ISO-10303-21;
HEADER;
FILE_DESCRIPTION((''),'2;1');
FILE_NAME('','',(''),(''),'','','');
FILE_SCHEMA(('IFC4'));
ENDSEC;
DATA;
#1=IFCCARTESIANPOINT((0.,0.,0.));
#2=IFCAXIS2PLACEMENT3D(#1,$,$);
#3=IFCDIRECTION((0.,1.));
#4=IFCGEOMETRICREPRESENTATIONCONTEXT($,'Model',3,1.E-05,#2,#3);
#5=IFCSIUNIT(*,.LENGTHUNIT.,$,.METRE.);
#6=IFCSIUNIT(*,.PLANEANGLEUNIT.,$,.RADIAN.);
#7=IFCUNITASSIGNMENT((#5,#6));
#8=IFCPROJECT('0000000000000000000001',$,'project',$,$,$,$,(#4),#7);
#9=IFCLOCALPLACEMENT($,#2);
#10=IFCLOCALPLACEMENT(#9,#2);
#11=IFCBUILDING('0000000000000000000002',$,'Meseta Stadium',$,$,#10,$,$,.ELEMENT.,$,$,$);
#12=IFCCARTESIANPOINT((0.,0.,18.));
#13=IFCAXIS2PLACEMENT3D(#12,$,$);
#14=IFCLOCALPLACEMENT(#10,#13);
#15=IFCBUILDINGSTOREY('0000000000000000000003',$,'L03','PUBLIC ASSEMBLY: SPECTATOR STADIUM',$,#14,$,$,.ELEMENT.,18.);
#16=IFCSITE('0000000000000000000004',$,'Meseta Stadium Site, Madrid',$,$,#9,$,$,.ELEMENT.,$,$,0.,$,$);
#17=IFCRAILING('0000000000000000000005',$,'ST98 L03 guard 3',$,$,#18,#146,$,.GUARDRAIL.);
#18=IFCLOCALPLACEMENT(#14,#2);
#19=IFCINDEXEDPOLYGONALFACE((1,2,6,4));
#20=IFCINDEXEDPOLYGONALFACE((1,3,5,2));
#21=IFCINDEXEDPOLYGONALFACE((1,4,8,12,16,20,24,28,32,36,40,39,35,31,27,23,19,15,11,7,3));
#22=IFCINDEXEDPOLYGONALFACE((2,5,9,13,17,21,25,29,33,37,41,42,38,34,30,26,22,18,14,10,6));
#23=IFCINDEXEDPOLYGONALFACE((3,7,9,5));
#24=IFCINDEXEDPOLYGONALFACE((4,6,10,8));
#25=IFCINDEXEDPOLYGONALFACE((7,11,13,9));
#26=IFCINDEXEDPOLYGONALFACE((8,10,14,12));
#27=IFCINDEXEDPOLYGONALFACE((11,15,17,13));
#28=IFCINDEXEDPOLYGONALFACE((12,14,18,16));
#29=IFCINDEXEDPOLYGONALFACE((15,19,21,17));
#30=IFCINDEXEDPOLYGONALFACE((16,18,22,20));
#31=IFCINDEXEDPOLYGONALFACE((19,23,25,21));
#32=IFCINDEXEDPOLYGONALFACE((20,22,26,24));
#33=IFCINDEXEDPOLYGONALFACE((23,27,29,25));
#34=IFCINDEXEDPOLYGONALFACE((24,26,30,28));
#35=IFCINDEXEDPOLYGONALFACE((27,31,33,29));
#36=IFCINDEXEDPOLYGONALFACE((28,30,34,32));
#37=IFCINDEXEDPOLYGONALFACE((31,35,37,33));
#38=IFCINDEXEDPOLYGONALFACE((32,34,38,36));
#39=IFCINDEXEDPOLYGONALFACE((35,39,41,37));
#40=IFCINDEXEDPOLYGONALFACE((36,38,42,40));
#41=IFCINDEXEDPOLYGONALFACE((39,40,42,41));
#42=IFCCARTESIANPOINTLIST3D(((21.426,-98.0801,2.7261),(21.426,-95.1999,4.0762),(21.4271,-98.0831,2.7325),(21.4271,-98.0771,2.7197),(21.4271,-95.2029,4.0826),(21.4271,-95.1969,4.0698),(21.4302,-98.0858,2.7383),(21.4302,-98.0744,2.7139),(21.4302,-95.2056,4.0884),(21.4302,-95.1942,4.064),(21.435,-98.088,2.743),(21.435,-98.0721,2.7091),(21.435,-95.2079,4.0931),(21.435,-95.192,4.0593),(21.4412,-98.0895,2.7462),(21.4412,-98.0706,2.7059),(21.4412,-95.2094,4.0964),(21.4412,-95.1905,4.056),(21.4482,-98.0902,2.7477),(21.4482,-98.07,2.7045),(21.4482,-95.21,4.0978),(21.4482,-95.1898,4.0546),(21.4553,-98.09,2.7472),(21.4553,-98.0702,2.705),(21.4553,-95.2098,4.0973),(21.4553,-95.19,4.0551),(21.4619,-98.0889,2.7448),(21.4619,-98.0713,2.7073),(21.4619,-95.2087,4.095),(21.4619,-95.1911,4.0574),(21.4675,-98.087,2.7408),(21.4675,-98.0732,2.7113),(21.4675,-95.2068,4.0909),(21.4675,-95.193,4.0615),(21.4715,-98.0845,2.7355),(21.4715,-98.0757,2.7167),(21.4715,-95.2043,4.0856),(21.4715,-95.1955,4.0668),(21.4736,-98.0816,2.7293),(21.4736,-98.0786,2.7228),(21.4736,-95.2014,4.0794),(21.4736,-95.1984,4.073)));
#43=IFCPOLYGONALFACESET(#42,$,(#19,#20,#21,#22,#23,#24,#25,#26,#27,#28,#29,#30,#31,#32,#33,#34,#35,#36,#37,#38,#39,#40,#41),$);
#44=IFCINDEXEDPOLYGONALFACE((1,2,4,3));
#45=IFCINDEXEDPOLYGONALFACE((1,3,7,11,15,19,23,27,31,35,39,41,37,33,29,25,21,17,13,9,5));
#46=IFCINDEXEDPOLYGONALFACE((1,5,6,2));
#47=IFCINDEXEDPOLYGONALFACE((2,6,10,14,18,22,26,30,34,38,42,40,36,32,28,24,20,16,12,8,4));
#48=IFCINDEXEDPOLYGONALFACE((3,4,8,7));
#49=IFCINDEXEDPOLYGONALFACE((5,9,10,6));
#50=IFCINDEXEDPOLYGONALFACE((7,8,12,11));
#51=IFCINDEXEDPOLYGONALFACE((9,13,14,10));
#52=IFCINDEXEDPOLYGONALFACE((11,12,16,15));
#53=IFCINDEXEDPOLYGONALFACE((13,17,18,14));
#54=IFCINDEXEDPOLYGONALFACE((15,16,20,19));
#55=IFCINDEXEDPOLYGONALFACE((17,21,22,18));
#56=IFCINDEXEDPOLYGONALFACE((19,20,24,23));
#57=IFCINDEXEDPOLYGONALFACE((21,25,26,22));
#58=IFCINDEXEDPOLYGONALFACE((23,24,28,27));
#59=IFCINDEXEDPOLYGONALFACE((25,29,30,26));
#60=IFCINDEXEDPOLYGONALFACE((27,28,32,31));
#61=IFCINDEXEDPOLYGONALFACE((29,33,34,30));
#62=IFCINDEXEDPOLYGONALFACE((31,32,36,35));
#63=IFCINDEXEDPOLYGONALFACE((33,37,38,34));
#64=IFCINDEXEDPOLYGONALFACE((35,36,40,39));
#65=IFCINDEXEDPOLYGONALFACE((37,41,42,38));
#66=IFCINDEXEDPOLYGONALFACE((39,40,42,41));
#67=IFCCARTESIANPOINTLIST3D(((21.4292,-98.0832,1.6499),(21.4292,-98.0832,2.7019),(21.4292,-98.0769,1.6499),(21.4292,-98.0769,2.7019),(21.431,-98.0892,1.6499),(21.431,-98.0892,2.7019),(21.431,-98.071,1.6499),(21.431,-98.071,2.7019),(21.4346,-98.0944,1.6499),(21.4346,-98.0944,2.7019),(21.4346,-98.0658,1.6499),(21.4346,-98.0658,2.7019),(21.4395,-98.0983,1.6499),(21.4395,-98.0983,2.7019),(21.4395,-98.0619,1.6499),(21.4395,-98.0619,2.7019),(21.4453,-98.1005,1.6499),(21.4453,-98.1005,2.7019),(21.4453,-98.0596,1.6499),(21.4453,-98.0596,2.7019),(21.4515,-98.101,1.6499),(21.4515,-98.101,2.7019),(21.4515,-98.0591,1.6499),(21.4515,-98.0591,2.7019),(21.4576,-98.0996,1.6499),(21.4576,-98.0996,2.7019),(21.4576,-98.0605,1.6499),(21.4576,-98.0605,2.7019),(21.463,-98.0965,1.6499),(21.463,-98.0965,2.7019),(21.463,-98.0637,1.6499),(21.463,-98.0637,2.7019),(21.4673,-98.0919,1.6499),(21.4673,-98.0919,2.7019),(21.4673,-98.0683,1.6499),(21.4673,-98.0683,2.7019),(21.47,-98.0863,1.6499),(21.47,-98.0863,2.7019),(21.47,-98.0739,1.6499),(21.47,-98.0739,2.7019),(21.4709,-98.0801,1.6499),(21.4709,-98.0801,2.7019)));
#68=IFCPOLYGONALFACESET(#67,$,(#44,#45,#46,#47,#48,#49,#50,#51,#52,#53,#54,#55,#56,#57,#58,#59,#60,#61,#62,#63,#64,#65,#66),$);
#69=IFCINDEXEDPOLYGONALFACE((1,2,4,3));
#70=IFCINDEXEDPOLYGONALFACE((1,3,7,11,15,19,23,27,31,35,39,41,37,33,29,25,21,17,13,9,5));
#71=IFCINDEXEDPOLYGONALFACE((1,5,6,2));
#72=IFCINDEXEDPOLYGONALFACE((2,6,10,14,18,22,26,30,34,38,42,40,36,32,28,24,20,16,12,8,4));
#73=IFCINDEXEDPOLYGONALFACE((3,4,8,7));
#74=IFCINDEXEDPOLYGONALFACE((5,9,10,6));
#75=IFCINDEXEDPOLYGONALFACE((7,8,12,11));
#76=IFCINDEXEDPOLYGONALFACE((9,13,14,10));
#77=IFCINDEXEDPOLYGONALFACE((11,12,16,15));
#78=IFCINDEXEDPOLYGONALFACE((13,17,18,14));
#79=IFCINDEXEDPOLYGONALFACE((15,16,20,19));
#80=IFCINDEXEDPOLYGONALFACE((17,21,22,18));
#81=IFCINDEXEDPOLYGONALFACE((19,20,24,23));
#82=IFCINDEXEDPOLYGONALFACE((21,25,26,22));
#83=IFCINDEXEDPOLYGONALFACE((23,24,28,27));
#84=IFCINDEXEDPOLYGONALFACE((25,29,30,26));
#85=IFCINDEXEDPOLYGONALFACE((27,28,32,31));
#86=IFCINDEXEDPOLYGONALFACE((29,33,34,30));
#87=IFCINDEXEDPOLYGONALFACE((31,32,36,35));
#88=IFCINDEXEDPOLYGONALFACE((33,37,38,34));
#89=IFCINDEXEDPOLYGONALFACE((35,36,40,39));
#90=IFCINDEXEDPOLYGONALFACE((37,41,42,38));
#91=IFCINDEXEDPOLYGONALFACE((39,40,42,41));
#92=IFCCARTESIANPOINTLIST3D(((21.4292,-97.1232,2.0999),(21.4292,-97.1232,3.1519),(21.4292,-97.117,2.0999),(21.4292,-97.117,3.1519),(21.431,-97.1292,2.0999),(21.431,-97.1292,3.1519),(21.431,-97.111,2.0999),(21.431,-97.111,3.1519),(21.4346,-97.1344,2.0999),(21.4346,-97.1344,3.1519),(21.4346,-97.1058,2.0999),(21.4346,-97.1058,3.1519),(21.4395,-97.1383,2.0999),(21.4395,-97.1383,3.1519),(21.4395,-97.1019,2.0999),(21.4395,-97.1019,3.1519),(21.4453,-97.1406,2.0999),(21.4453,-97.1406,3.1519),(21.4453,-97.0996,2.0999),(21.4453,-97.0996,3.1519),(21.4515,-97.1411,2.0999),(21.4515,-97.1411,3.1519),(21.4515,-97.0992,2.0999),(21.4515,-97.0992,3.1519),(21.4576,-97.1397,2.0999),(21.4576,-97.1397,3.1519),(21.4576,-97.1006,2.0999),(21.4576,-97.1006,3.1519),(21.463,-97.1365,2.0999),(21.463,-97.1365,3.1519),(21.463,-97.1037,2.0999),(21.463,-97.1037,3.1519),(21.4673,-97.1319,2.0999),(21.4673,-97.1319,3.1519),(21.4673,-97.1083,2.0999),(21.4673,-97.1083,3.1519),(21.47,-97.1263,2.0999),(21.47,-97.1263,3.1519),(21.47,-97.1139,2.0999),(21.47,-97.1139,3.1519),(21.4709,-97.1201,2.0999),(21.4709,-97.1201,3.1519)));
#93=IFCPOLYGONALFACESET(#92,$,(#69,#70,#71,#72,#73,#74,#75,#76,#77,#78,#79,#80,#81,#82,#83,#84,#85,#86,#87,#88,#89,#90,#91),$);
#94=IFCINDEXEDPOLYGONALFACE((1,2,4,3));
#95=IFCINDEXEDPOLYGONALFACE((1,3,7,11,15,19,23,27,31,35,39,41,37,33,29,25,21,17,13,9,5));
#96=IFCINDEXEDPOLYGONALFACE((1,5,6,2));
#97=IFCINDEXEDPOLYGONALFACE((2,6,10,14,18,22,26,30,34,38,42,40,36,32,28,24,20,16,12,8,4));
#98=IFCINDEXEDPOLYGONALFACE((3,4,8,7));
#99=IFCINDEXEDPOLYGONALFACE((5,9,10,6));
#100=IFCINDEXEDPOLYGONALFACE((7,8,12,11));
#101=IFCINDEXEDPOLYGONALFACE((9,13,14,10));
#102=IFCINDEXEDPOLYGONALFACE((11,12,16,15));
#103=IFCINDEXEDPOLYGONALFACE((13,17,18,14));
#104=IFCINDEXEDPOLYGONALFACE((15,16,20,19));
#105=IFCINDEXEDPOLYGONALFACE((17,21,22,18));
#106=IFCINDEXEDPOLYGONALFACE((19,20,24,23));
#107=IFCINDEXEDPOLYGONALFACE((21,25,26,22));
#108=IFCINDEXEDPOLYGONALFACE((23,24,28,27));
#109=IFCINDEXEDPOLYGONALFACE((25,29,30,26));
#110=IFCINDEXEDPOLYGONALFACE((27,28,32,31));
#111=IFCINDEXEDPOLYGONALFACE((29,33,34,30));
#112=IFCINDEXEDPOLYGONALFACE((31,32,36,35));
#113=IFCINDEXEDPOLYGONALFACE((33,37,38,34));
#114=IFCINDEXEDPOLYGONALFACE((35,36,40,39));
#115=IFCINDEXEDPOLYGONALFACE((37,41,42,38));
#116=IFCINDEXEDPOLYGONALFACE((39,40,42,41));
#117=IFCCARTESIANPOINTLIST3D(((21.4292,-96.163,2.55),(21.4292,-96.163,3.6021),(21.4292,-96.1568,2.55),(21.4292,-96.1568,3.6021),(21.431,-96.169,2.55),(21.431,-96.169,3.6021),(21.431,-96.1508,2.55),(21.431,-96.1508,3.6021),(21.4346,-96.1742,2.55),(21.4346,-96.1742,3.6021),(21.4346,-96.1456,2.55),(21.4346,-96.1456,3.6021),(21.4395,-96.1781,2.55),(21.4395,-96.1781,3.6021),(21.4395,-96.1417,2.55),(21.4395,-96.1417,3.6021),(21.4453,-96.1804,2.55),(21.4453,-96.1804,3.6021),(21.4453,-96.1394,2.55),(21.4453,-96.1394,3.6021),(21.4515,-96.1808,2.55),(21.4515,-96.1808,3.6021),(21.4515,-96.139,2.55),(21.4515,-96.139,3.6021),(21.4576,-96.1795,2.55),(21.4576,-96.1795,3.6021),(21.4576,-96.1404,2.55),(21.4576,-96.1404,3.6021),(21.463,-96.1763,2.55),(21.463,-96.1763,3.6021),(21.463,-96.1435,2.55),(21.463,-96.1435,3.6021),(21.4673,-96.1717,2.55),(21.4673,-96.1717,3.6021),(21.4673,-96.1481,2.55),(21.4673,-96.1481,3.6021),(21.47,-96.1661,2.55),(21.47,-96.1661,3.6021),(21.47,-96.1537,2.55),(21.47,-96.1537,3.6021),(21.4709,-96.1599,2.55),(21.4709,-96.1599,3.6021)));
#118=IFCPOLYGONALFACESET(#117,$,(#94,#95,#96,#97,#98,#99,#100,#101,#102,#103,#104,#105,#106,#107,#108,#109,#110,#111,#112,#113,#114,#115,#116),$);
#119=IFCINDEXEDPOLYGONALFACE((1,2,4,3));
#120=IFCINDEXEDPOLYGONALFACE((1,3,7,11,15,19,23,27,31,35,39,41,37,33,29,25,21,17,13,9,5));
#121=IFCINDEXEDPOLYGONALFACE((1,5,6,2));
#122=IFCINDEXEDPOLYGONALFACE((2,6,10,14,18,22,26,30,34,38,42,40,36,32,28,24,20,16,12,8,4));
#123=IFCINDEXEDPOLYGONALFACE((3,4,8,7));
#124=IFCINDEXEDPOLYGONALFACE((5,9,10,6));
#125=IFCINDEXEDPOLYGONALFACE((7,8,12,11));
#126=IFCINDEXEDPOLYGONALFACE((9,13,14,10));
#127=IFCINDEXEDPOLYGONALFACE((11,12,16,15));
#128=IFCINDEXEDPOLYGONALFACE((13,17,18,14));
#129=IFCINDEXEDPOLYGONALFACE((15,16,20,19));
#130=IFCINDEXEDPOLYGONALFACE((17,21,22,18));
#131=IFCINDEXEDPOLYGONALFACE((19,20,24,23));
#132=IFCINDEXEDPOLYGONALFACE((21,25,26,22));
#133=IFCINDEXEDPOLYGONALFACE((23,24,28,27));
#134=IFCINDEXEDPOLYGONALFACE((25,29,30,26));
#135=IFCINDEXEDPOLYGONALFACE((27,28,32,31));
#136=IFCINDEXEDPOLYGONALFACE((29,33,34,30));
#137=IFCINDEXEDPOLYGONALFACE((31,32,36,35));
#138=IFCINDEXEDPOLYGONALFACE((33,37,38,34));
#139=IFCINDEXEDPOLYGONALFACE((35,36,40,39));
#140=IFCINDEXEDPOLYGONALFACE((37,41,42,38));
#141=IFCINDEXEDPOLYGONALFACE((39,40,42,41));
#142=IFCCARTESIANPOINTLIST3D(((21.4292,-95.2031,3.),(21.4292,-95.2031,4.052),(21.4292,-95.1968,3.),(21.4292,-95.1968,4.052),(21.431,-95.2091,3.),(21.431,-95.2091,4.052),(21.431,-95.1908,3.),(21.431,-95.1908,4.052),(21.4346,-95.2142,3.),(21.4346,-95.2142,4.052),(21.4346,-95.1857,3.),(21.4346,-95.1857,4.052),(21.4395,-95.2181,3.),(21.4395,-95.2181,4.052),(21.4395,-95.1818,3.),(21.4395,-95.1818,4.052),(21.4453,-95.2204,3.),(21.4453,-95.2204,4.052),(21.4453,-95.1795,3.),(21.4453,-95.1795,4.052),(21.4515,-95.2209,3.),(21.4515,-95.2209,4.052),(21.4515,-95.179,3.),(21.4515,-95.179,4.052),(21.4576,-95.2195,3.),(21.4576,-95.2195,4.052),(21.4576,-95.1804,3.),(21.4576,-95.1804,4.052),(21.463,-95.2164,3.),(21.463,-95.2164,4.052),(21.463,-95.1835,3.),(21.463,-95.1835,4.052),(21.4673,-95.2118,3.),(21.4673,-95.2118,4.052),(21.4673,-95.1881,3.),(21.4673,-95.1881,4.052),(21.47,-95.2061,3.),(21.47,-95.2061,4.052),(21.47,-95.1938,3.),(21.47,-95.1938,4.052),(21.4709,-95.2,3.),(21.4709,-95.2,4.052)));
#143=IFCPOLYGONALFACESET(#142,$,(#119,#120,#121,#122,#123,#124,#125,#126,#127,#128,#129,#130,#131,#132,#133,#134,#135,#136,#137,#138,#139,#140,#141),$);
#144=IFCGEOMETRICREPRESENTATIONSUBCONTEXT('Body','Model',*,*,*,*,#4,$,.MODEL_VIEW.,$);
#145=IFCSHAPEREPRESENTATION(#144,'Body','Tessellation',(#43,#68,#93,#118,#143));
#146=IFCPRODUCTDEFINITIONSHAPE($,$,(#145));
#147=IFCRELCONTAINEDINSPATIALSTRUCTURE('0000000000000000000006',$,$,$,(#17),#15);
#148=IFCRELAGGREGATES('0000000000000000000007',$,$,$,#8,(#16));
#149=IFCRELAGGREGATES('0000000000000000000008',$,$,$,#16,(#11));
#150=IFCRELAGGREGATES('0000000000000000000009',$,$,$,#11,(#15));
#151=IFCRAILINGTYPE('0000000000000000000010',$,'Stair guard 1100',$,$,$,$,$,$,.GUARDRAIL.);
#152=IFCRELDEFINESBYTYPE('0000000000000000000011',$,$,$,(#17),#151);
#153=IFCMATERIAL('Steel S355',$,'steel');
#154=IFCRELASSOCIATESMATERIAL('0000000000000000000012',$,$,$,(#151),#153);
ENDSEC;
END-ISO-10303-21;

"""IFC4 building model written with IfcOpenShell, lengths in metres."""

from ifc_helpers import new_model, si_unit, direction, frame, origin, origin_2d, place, context, subcontext, project, spatial, circle, extrude, material, type_object, element, save


model = new_model("IFC4")

# Units and contexts
model_context = context("Model", 3, precision=1e-05, world=origin(), true_north=direction((0.0, 1.0)))
body_context = subcontext(model_context, "Body", "Model", "MODEL_VIEW")
ifc_project = project(units=[si_unit("LENGTHUNIT", "METRE"), si_unit("PLANEANGLEUNIT", "RADIAN")], contexts=[model_context])

# Site, building, storey
site_placement = place(None, origin())
site = spatial("IfcSite", under=ifc_project, at=site_placement, Name="Meseta Stadium Site, Madrid", CompositionType="ELEMENT", RefElevation=0.0)
building_placement = place(site_placement, origin())
building = spatial("IfcBuilding", under=site, at=building_placement, Name="Meseta Stadium", CompositionType="ELEMENT")
storey_placement = place(building_placement, frame((0.0, 0.0, 18.0)))
storey = spatial("IfcBuildingStorey", under=building, at=storey_placement, Name="L03", Description="PUBLIC ASSEMBLY: SPECTATOR STADIUM", CompositionType="ELEMENT", Elevation=18.0)

# Railing
ifc_material_1 = material(Name="Steel S355", Category="steel")
railing_type_1 = type_object("IfcRailingType", Name="Stair guard 1100", PredefinedType="GUARDRAIL", material=ifc_material_1)
railing_1_placement = place(storey_placement, frame((21.45, -98.0801, 1.6499)))
element("IfcRailing", 1, at=railing_1_placement, inside=storey, type_object=railing_type_1, Name="ST98 L03 guard 3", PredefinedType="GUARDRAIL", context=body_context, shape_type="SweptSolid", body=[
    extrude(circle(Radius=0.0239, at=origin_2d()), frame((0.0, 0.0, 1.0762), z_axis=(0.0, 0.905454, 0.424444), x_axis=(-1.0, 0.0, 0.0)), (0.0, 0.0, 1.0), 3.1809),
    extrude(circle(Radius=0.021, at=origin_2d()), origin(), (0.0, 0.0, 1.0), 1.052),
    extrude(circle(Radius=0.021, at=origin_2d()), frame((0.0, 0.96, 0.45)), (0.0, 0.0, 1.0), 1.052),
    extrude(circle(Radius=0.021, at=origin_2d()), frame((0.0, 1.9202, 0.9001)), (0.0, 0.0, 1.0), 1.052),
    extrude(circle(Radius=0.021, at=origin_2d()), frame((0.0, 2.8801, 1.3501)), (0.0, 0.0, 1.0), 1.052),
])

save(model, "model.ifc")
